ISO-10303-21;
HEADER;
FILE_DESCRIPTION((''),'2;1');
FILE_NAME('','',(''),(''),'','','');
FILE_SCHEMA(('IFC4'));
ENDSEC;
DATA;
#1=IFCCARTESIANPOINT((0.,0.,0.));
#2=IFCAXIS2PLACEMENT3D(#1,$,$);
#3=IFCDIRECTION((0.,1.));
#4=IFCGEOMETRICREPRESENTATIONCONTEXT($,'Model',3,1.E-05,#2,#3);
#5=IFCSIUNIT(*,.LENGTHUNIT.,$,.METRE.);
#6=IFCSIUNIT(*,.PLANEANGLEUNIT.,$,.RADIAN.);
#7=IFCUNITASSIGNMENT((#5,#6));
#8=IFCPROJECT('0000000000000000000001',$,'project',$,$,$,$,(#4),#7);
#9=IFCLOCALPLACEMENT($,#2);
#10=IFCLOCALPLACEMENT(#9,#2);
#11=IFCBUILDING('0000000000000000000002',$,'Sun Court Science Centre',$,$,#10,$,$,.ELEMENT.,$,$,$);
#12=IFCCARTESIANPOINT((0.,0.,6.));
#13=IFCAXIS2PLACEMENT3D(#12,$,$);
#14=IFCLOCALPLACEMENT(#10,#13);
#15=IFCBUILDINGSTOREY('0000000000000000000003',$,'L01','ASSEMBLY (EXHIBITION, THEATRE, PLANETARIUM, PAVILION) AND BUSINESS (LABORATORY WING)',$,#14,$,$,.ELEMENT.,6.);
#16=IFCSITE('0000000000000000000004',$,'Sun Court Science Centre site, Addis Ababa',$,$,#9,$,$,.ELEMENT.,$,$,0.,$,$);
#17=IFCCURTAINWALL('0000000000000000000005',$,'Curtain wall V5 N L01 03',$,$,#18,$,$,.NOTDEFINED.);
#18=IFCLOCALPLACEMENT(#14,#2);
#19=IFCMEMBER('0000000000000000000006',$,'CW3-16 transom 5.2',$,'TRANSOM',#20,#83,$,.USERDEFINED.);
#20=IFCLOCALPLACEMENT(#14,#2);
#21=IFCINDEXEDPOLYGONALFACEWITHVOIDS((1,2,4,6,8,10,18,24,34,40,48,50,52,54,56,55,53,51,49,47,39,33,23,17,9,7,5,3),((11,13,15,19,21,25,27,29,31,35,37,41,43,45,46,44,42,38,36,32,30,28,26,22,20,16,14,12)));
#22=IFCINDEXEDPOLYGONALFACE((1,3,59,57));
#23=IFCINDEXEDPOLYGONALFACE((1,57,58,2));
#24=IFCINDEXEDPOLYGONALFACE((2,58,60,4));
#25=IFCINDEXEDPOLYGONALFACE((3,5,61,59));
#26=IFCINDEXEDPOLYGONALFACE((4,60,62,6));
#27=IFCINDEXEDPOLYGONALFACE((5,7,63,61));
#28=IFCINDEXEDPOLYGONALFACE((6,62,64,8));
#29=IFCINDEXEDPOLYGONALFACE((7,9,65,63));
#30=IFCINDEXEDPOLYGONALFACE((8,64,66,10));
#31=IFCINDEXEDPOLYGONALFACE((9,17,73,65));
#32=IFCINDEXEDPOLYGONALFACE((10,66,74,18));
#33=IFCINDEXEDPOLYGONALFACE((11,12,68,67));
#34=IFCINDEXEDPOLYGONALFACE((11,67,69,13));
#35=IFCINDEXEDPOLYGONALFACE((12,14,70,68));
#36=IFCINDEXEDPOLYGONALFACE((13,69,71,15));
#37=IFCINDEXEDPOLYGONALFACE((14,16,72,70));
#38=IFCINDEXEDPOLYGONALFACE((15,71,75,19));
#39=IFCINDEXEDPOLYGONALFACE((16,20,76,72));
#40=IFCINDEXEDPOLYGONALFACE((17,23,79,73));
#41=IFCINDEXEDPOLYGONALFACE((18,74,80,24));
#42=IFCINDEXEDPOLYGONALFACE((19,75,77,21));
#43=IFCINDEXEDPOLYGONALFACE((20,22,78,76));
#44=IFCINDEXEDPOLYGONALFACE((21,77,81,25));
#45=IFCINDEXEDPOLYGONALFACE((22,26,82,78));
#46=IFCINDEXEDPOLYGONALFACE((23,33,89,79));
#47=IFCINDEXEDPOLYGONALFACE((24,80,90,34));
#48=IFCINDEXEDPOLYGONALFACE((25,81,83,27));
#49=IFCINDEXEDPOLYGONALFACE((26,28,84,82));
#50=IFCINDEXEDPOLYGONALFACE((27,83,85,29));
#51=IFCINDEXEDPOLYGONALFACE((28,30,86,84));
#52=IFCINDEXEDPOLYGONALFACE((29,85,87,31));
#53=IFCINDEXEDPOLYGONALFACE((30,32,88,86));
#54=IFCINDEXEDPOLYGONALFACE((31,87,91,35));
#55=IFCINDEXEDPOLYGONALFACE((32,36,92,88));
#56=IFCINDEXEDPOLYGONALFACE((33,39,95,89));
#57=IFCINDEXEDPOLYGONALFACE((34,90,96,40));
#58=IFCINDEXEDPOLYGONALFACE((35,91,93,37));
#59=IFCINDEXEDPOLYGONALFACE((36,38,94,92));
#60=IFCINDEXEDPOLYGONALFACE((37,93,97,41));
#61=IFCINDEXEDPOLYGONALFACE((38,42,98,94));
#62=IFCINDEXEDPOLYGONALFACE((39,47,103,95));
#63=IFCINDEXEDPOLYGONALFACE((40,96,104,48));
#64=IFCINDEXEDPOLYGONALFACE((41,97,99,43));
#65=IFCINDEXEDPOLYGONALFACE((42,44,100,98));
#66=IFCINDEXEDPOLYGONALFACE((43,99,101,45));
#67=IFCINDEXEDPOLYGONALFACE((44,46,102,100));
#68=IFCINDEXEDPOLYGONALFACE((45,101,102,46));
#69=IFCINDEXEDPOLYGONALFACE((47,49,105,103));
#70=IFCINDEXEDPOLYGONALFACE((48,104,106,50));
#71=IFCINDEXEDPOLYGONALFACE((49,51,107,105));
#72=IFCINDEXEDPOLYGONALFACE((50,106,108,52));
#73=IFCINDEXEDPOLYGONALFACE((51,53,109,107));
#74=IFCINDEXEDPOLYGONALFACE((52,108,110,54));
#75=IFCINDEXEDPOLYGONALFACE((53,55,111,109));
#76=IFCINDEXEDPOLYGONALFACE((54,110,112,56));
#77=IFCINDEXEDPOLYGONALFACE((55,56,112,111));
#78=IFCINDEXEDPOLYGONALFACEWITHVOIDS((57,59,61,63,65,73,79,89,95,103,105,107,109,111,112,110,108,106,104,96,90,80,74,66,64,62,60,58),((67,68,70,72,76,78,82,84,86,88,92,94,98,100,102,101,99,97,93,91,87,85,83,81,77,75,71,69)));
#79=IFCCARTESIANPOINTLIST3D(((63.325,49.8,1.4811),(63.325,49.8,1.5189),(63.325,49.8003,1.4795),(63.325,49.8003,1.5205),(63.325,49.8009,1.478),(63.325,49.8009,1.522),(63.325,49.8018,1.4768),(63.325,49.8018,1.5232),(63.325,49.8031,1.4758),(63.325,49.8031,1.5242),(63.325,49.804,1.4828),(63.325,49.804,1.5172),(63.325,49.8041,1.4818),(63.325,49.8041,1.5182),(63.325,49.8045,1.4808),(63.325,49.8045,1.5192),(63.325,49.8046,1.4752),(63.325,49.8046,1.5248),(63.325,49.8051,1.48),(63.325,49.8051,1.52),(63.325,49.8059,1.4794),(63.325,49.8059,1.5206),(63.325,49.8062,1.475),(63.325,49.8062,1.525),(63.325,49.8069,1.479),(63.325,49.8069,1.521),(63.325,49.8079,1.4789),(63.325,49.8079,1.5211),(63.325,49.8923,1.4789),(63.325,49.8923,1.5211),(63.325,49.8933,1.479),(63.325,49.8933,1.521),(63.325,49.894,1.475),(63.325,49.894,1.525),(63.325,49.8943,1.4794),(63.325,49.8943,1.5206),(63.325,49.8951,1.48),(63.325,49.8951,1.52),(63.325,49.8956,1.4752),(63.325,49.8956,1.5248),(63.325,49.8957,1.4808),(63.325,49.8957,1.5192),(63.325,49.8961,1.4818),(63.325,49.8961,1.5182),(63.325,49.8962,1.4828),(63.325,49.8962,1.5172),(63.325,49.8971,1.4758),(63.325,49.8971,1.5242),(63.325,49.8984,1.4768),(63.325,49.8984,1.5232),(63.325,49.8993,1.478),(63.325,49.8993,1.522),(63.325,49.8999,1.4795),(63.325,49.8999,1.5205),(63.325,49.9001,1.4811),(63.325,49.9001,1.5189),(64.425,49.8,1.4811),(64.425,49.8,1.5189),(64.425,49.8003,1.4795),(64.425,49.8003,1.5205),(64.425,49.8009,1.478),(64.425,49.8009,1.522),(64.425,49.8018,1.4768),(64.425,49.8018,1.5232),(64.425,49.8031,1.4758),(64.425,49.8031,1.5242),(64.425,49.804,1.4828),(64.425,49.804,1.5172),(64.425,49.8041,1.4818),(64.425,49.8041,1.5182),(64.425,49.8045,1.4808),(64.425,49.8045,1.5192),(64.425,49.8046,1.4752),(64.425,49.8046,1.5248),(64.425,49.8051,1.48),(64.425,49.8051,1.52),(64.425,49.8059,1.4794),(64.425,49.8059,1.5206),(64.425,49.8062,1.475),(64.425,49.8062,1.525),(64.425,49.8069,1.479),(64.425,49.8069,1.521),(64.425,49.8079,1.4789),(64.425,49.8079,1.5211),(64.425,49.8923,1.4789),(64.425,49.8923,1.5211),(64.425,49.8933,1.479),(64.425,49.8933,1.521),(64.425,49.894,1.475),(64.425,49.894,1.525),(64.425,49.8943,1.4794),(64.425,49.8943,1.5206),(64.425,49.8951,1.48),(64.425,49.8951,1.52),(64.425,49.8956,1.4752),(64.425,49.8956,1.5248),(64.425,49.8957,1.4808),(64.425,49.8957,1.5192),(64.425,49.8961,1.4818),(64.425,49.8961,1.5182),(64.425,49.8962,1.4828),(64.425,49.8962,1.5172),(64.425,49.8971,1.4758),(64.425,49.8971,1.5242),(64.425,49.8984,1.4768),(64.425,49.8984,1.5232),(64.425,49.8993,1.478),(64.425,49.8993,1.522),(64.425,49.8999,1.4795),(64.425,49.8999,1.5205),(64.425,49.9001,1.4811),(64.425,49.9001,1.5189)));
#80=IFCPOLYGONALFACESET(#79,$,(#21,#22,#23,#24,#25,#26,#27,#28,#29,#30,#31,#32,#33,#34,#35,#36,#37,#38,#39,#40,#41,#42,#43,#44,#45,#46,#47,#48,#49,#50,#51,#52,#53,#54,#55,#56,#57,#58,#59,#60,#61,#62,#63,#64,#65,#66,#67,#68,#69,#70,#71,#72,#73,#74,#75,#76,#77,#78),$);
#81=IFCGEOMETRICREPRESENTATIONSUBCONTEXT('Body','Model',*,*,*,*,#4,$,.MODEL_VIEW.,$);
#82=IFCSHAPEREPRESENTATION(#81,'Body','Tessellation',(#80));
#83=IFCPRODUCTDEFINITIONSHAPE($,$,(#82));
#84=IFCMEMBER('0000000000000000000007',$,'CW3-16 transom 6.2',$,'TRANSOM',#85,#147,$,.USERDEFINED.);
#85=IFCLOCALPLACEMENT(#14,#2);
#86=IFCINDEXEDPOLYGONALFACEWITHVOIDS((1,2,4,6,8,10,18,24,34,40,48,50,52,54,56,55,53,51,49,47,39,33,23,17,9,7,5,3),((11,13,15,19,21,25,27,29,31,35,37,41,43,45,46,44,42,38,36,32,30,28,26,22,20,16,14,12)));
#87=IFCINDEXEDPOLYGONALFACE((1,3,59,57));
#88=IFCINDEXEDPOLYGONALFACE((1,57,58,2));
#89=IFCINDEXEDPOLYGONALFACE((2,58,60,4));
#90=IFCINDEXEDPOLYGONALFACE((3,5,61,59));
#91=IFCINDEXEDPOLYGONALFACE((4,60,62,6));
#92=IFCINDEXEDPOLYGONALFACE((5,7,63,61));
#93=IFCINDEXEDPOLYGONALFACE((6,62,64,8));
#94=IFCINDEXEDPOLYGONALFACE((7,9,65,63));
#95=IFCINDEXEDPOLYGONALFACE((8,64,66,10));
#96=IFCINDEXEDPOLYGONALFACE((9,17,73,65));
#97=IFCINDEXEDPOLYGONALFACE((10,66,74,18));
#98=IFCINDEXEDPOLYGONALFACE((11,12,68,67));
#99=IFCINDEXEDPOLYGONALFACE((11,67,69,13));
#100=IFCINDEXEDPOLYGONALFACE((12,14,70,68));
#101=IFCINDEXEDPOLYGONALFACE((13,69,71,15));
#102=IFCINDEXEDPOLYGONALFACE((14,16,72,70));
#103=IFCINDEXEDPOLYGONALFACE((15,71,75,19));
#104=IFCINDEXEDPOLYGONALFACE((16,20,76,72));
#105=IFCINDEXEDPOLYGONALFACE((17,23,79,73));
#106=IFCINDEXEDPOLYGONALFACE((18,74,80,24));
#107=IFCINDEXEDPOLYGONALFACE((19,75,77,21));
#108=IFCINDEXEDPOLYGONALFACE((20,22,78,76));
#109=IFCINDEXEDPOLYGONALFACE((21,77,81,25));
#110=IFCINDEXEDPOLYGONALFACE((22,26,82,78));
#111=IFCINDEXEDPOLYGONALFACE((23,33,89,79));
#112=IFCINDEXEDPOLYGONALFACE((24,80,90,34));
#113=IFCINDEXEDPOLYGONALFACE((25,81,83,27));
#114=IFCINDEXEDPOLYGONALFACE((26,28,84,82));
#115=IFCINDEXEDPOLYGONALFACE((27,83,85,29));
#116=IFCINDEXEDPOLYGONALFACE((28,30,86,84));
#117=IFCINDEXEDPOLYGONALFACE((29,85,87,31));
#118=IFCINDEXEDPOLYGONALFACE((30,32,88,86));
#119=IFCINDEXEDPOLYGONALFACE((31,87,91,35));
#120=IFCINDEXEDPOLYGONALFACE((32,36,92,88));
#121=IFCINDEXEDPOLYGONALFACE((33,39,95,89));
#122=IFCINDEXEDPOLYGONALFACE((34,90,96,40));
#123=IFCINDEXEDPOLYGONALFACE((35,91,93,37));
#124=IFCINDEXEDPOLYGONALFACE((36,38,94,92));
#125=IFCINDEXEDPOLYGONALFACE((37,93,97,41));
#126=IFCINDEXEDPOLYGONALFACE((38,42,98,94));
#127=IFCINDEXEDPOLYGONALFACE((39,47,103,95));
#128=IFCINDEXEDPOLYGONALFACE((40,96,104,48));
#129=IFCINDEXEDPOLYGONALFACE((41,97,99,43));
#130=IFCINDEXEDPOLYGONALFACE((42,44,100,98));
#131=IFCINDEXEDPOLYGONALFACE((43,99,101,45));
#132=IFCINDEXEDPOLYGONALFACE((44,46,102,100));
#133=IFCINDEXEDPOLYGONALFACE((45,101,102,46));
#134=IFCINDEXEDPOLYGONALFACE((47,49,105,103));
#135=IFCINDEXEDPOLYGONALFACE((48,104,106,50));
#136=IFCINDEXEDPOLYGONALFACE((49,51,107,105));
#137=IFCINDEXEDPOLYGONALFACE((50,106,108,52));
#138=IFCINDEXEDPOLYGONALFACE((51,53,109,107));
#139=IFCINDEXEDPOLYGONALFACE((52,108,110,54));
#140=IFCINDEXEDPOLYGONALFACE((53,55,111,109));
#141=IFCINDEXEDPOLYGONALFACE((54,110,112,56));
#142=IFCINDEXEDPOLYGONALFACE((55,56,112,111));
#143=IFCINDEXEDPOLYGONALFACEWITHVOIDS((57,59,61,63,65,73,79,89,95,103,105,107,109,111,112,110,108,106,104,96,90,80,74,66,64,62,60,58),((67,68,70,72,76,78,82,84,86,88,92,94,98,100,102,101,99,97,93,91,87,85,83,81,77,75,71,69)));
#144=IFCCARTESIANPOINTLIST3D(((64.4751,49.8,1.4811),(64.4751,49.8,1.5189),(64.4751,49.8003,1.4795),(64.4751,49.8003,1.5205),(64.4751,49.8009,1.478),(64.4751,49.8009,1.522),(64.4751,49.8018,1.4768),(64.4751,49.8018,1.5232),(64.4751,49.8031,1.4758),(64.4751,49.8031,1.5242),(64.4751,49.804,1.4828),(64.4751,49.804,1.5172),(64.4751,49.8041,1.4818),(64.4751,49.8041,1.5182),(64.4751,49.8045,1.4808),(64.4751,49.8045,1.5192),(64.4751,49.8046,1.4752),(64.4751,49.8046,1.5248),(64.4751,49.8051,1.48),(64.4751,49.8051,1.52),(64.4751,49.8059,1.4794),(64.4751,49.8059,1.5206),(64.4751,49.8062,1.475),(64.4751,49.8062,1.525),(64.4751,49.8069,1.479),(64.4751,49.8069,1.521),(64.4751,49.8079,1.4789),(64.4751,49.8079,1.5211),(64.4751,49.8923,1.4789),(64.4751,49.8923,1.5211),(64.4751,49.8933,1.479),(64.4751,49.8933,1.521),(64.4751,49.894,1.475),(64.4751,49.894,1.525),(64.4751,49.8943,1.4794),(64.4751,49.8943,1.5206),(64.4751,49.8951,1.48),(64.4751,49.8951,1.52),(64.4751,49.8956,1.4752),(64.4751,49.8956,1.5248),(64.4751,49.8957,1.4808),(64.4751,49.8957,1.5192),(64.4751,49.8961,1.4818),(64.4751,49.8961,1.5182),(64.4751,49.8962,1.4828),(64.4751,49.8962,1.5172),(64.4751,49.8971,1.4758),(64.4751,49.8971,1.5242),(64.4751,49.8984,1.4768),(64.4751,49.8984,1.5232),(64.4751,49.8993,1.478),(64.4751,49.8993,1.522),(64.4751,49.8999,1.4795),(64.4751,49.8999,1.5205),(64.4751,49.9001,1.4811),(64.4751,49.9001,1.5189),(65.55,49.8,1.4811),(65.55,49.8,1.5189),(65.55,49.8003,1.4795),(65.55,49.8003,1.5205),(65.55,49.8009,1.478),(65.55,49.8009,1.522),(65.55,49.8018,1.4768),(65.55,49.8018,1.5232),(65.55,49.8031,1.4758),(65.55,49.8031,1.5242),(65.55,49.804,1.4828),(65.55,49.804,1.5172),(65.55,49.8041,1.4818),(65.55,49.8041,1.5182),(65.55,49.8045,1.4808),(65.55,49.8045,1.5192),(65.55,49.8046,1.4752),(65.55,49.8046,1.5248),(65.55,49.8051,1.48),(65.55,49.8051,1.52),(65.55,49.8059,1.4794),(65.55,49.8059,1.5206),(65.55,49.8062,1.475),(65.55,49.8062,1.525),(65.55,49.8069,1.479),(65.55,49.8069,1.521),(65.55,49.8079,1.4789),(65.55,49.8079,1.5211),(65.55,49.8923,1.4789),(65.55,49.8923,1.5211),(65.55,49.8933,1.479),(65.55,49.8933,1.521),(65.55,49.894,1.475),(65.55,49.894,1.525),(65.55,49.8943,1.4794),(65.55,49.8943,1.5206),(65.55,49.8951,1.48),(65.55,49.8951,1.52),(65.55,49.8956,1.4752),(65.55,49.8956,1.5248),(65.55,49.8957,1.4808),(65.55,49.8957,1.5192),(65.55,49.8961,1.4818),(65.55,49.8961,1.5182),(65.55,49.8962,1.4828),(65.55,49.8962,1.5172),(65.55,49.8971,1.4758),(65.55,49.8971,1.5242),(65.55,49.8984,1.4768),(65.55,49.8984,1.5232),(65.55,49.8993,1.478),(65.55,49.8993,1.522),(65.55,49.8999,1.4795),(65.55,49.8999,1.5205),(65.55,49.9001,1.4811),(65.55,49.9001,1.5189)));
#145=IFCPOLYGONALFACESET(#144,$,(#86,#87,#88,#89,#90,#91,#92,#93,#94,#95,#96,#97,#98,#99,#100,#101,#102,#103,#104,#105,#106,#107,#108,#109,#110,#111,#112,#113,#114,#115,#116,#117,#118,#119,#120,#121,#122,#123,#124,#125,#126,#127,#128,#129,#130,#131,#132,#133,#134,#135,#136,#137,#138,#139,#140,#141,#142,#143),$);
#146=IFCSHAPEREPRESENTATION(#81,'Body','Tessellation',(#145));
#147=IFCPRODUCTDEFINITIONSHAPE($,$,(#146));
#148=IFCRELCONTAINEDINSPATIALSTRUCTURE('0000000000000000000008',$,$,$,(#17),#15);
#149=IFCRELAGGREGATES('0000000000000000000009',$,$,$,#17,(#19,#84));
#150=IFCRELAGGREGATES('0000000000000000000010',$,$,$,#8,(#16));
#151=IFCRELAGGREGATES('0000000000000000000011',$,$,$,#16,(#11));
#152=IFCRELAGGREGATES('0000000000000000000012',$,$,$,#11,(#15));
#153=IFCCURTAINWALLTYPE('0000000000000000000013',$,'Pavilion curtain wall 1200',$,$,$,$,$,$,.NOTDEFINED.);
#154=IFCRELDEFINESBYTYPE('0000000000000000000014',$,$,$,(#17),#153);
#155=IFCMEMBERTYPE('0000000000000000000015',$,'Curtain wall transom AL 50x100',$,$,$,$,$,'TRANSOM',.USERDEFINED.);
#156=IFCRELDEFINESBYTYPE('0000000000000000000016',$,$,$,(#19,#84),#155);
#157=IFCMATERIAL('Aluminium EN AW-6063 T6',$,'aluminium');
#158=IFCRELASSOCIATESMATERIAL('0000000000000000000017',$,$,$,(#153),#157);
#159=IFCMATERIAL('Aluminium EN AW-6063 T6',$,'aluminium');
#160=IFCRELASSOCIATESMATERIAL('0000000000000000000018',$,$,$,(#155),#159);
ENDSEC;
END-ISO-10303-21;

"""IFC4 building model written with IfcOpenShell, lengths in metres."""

from ifc_helpers import new_model, si_unit, direction, frame, origin, origin_2d, place, context, subcontext, project, spatial, hollow_rectangle, extrude, material, material_profile, profile_set, type_object, element, aggregate, save


model = new_model("IFC4")

# Units and contexts
model_context = context("Model", 3, precision=1e-05, world=origin(), true_north=direction((0.0, 1.0)))
body_context = subcontext(model_context, "Body", "Model", "MODEL_VIEW")
ifc_project = project(units=[si_unit("LENGTHUNIT", "METRE"), si_unit("PLANEANGLEUNIT", "RADIAN")], contexts=[model_context])

# Site, building, storey
site_placement = place(None, origin())
site = spatial("IfcSite", under=ifc_project, at=site_placement, Name="Sun Court Science Centre site, Addis Ababa", CompositionType="ELEMENT", RefElevation=0.0)
building_placement = place(site_placement, origin())
building = spatial("IfcBuilding", under=site, at=building_placement, Name="Sun Court Science Centre", CompositionType="ELEMENT")
storey_placement = place(building_placement, frame((0.0, 0.0, 6.0)))
storey = spatial("IfcBuildingStorey", under=building, at=storey_placement, Name="L01", Description="ASSEMBLY (EXHIBITION, THEATRE, PLANETARIUM, PAVILION) AND BUSINESS (LABORATORY WING)", CompositionType="ELEMENT", Elevation=6.0)

# Curtain wall, members
ifc_material_1 = material(Name="Aluminium EN AW-6063 T6", Category="aluminium")
curtain_wall_type = type_object("IfcCurtainWallType", Name="Pavilion curtain wall 1200", PredefinedType="NOTDEFINED", material=ifc_material_1)
curtain_wall_placement = place(storey_placement, origin())
curtain_wall = element("IfcCurtainWall", 1, at=curtain_wall_placement, inside=storey, type_object=curtain_wall_type, Name="Curtain wall V5 N L01 03", PredefinedType="NOTDEFINED")
ifc_material_2 = material(Name="Aluminium EN AW-6063 T6", Category="aluminium")
ifc_material_profile_1 = material_profile(ifc_material_2, hollow_rectangle(XDim=0.05, YDim=0.1001, WallThickness=0.0039, InnerFilletRadius=0.0039, OuterFilletRadius=0.0061, at=origin_2d()), Name="AL 50x100x4")
ifc_profile_set_1 = profile_set([ifc_material_profile_1], Name="Aluminium EN AW-6063 T6")
member_type_1 = type_object("IfcMemberType", Name="Curtain wall transom AL 50x100", ElementType="TRANSOM", PredefinedType="USERDEFINED", material=ifc_profile_set_1)
member_1_placement = place(storey_placement, frame((63.325, 49.8501, 1.5), z_axis=(1.0, 0.0, 0.0), x_axis=(0.0, 0.0, 1.0)))
member_1 = element("IfcMember", 2, at=member_1_placement, type_object=member_type_1, Name="CW3-16 transom 5.2", ObjectType="TRANSOM", PredefinedType="USERDEFINED", context=body_context, shape_type="SweptSolid", body=[
    extrude(hollow_rectangle(XDim=0.05, YDim=0.1001, WallThickness=0.0039, InnerFilletRadius=0.0039, OuterFilletRadius=0.0061, at=origin_2d()), origin(), (0.0, 0.0, 1.0), 1.1001),
])
member_2_placement = place(storey_placement, frame((64.4751, 49.8501, 1.5), z_axis=(1.0, 0.0, 0.0), x_axis=(0.0, 0.0, 1.0)))
member_2 = element("IfcMember", 3, at=member_2_placement, type_object=member_type_1, Name="CW3-16 transom 6.2", ObjectType="TRANSOM", PredefinedType="USERDEFINED", context=body_context, shape_type="SweptSolid", body=[
    extrude(hollow_rectangle(XDim=0.05, YDim=0.1001, WallThickness=0.0039, InnerFilletRadius=0.0039, OuterFilletRadius=0.0061, at=origin_2d()), origin(), (0.0, 0.0, 1.0), 1.075),
])
aggregate(curtain_wall, [member_1, member_2])

save(model, "model.ifc")
